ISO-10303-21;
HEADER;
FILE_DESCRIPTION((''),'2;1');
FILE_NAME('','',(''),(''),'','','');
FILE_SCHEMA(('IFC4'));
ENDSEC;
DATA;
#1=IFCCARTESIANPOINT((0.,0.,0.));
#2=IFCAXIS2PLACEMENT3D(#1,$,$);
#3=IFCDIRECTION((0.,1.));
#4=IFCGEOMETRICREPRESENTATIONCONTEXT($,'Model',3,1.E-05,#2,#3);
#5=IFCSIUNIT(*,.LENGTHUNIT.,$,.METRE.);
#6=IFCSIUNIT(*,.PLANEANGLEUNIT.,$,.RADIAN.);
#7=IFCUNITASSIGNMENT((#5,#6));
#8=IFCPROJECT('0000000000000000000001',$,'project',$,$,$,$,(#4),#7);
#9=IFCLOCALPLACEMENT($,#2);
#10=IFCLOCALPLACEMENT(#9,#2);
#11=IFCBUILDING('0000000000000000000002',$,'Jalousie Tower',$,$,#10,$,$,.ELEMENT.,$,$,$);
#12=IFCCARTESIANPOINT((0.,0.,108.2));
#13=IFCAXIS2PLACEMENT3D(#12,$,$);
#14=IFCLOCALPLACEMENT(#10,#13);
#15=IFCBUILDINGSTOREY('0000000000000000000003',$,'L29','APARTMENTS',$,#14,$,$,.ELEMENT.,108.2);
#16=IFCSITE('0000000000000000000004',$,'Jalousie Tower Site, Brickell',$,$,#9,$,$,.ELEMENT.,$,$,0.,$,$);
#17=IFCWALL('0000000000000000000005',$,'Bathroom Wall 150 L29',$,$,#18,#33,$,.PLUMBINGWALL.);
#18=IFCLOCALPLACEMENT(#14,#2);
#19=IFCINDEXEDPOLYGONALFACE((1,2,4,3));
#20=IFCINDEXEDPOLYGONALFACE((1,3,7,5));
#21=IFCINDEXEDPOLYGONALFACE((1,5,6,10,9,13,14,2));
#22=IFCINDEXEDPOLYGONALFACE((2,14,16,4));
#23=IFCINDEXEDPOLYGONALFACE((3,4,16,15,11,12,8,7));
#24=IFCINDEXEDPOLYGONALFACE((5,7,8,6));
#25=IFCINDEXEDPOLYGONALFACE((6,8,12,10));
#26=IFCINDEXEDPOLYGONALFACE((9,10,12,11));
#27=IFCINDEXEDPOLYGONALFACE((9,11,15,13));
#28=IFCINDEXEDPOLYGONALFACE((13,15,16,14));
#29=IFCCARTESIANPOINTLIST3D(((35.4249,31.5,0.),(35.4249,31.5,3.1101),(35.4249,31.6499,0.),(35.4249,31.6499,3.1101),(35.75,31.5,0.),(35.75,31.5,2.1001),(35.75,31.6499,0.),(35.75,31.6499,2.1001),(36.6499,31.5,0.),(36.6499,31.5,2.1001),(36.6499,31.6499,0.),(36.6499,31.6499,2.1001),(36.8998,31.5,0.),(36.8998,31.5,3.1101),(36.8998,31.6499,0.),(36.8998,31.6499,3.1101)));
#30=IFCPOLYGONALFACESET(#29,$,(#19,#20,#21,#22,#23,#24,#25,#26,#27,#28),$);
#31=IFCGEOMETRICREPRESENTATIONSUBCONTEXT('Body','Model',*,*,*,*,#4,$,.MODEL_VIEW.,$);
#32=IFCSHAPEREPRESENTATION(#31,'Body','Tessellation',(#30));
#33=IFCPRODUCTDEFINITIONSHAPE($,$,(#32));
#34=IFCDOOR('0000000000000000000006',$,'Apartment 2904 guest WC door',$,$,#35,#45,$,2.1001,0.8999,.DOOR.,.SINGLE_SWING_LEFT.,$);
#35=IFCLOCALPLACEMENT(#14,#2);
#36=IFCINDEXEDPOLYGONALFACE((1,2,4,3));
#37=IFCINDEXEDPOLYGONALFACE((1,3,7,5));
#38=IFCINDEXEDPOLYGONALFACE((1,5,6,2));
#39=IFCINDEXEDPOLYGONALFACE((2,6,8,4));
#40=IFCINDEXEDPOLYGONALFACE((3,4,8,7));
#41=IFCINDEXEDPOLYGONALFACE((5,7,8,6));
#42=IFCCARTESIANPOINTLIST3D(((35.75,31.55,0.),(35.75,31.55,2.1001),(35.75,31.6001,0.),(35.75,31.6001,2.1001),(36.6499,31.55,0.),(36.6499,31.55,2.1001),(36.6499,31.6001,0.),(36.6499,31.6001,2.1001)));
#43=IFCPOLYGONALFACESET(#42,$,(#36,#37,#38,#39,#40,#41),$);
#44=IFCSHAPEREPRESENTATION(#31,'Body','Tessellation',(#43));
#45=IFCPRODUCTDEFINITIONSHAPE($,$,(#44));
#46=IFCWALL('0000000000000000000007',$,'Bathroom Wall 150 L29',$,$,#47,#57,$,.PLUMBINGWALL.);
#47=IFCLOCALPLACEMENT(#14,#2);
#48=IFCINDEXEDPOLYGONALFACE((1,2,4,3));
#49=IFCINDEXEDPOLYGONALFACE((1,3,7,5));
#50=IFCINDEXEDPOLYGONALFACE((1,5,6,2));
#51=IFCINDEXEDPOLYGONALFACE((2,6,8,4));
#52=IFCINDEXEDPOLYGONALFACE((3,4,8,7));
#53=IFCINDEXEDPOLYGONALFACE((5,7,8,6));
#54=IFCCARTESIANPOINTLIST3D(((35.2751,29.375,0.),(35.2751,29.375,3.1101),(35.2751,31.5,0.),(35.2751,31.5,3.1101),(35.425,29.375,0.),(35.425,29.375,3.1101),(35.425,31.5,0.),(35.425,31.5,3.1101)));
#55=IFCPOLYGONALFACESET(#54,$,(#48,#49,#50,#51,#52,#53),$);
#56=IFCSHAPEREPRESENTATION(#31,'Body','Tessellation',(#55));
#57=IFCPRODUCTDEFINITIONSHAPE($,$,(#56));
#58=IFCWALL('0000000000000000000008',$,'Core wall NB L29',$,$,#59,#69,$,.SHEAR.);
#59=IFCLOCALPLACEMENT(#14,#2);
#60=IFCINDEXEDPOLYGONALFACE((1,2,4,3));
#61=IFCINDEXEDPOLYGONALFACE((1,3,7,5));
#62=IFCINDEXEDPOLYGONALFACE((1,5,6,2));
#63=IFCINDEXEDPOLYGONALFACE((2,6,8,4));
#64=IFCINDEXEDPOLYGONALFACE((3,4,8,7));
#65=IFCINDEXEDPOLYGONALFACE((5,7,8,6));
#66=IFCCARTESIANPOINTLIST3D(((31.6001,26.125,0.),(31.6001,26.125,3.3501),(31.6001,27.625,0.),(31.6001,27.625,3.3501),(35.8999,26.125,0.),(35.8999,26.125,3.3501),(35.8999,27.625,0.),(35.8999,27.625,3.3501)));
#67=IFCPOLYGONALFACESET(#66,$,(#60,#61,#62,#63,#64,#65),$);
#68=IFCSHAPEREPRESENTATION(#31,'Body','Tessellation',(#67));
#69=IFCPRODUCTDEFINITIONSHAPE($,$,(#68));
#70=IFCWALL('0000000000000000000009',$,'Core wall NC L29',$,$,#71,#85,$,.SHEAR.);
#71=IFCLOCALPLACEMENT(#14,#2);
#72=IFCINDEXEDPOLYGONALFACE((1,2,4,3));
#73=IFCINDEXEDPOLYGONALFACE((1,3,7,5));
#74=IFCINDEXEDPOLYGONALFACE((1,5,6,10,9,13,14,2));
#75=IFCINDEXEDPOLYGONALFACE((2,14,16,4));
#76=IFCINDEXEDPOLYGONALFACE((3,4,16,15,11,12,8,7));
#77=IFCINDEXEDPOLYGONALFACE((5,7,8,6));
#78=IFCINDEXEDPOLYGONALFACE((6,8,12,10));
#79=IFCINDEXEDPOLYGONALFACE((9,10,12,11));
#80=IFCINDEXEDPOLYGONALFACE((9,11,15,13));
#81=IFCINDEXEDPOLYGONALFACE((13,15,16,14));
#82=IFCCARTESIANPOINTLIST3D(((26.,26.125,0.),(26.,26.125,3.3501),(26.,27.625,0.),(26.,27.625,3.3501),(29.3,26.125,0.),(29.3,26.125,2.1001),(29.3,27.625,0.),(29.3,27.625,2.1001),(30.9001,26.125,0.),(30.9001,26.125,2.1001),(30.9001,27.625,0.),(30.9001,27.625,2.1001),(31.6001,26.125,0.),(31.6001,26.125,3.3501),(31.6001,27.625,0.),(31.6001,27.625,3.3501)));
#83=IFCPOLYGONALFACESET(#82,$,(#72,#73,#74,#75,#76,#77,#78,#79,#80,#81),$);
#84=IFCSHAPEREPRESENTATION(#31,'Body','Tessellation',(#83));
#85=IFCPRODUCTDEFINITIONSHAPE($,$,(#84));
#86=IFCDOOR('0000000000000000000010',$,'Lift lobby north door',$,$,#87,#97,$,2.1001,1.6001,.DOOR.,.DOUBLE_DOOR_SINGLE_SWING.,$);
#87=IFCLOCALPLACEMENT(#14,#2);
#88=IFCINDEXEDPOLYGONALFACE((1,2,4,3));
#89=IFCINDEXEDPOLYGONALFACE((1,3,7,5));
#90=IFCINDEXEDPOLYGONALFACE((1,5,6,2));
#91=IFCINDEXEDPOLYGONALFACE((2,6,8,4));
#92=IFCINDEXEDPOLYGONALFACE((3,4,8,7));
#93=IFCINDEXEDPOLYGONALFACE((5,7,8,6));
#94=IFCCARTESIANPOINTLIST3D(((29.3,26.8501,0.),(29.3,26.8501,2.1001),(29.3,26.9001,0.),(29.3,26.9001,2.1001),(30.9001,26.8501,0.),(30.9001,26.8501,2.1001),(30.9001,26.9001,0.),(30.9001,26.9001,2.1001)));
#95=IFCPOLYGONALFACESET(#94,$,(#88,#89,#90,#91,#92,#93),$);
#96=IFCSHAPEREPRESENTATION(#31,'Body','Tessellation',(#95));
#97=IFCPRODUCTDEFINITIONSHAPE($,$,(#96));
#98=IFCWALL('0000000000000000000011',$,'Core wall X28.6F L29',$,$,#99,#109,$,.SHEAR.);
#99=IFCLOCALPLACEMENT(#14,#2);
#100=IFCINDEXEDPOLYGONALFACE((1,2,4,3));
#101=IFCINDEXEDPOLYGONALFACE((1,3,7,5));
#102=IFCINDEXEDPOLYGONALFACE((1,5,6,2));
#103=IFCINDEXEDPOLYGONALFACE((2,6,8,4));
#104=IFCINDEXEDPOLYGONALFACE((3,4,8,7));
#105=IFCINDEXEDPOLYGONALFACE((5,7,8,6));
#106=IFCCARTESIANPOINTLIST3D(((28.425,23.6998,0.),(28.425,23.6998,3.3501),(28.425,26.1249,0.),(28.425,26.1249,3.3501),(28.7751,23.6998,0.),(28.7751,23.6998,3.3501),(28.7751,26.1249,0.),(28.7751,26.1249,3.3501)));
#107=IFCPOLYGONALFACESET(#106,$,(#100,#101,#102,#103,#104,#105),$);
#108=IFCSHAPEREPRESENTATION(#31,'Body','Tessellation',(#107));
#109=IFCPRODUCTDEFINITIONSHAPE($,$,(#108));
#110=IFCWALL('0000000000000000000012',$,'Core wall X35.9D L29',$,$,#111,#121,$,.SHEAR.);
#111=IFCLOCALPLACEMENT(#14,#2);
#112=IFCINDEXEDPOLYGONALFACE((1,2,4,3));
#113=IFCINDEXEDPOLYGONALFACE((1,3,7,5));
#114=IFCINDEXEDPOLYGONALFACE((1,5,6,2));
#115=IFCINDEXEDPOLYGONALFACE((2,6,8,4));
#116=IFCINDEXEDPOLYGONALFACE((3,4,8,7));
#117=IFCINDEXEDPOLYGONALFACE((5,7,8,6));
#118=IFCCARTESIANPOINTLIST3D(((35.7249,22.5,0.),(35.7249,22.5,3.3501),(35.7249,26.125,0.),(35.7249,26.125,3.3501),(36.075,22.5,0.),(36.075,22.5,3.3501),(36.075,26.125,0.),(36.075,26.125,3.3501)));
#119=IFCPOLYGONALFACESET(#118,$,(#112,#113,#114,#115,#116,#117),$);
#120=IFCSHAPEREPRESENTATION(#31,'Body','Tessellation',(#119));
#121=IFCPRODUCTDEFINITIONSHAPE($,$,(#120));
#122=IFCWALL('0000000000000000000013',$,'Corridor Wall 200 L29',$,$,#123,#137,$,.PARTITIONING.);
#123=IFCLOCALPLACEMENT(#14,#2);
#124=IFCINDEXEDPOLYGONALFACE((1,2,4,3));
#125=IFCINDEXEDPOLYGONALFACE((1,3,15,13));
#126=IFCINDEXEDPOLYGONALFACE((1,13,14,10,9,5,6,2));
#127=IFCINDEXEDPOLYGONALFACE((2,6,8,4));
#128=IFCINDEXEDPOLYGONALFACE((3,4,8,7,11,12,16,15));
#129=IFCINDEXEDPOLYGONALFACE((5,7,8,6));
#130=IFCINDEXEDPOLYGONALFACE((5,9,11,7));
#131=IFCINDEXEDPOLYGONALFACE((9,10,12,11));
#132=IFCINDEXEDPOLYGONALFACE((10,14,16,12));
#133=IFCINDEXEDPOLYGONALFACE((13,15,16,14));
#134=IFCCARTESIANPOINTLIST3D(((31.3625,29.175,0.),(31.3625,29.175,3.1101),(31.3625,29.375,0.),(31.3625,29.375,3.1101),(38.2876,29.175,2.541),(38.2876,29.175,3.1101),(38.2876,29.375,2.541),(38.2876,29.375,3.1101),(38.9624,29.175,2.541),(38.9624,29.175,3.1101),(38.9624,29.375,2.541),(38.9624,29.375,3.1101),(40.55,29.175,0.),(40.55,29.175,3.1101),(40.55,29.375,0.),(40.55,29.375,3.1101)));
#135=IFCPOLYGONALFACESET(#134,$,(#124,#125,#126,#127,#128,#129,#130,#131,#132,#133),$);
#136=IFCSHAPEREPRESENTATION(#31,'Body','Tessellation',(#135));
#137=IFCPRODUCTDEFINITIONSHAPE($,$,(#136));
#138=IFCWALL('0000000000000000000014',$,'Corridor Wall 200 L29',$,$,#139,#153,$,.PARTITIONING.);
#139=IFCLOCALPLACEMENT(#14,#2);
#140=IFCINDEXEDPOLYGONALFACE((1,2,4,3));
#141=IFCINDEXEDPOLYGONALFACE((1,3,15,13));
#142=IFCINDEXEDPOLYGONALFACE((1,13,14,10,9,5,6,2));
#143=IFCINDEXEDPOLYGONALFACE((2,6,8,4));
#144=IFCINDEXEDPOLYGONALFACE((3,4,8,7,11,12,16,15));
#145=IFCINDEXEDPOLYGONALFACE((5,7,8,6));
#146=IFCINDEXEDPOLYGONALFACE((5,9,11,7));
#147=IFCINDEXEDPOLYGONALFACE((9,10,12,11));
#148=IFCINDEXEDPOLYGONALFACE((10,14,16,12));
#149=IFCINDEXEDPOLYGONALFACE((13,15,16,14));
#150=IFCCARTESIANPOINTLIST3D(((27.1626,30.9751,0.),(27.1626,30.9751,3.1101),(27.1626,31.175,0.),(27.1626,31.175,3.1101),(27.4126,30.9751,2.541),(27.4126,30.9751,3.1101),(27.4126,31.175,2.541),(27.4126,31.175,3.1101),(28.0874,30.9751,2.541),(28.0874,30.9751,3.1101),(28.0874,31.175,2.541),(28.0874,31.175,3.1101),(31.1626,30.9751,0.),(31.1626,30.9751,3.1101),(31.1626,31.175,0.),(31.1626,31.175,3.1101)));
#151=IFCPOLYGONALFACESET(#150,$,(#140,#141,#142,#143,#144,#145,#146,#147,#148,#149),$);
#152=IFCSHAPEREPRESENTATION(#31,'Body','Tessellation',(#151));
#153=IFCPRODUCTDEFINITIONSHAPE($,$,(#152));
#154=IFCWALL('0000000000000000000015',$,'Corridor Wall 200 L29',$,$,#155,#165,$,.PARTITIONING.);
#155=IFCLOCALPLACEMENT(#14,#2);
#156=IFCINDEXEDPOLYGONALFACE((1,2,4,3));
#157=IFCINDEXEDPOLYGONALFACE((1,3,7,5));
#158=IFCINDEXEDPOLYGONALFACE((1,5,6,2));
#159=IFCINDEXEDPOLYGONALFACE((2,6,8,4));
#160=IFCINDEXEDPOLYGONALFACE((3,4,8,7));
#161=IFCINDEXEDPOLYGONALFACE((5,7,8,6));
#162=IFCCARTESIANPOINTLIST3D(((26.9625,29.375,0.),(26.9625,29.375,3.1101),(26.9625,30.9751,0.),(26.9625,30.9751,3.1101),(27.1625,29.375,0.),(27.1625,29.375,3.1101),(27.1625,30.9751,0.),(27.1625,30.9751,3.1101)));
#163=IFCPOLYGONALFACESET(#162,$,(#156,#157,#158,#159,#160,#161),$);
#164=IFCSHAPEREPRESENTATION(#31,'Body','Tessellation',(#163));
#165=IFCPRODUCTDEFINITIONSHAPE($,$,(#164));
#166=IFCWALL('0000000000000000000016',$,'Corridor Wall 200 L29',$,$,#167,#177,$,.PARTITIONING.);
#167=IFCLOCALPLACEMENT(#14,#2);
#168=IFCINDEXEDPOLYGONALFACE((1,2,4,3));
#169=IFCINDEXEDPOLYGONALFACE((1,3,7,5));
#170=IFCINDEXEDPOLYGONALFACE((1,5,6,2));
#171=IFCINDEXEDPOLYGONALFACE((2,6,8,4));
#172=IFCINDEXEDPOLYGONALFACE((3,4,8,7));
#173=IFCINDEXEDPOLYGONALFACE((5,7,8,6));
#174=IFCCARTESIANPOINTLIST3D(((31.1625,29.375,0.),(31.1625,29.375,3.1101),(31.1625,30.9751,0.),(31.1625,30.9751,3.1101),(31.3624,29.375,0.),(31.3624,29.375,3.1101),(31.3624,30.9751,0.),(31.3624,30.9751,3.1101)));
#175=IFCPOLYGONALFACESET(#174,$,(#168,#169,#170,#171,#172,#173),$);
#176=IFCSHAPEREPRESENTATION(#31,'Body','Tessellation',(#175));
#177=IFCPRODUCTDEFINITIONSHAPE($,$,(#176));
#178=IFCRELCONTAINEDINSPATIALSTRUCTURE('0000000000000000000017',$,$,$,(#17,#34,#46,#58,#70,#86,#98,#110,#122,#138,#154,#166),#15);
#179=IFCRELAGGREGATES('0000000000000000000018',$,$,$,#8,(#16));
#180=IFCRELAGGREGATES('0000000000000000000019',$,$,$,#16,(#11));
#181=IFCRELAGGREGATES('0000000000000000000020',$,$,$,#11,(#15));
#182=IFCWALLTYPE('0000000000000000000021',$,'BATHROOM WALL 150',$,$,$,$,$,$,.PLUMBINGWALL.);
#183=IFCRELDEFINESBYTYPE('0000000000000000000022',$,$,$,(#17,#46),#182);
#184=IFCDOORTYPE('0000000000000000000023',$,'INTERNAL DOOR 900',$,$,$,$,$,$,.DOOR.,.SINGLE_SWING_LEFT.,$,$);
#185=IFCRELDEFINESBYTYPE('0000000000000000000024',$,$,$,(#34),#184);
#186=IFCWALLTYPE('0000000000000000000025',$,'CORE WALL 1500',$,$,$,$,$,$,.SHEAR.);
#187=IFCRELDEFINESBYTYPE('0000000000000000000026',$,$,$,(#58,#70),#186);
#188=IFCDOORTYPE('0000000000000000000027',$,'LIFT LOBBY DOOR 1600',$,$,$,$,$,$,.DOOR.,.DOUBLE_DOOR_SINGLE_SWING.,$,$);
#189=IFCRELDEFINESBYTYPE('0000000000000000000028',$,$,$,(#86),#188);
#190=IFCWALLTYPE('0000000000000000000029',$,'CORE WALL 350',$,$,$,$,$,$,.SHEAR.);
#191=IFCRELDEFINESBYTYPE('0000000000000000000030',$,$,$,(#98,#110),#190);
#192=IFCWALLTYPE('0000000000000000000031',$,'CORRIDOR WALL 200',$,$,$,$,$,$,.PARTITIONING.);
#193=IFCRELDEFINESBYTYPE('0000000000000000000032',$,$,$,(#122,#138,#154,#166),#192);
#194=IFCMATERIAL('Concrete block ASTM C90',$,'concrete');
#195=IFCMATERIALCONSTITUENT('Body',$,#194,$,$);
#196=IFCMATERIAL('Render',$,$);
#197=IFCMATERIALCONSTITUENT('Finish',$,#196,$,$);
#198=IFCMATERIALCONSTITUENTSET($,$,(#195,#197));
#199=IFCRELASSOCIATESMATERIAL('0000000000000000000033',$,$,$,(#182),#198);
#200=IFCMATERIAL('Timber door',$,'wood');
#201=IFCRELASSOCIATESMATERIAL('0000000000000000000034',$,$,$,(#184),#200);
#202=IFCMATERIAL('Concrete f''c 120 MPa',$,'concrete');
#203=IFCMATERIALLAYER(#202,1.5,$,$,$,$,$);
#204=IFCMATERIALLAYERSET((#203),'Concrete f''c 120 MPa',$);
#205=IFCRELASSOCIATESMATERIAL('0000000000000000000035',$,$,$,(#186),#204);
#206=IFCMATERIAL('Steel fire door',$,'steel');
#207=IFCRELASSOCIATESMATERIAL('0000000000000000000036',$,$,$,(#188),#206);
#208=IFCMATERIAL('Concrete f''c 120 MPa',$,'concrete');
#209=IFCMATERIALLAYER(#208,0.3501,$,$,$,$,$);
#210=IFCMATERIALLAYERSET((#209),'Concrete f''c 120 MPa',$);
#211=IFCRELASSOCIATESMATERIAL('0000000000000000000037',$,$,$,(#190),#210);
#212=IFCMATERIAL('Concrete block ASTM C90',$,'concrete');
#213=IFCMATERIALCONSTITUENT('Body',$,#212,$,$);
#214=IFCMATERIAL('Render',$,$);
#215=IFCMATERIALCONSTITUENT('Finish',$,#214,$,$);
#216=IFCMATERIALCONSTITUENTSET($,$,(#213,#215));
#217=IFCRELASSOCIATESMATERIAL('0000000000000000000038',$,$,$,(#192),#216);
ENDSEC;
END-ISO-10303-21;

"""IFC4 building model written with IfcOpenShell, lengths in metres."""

from ifc_helpers import new_model, si_unit, direction, frame, frame_2d, origin, place, context, subcontext, project, spatial, polyline, rectangle, outline, extrude, material, layer, layer_set, constituent, constituent_set, type_object, element, fill, save


model = new_model("IFC4")

# Units and contexts
model_context = context("Model", 3, precision=1e-05, world=origin(), true_north=direction((0.0, 1.0)))
body_context = subcontext(model_context, "Body", "Model", "MODEL_VIEW")
ifc_project = project(units=[si_unit("LENGTHUNIT", "METRE"), si_unit("PLANEANGLEUNIT", "RADIAN")], contexts=[model_context])

# Site, building, storey
site_placement = place(None, origin())
site = spatial("IfcSite", under=ifc_project, at=site_placement, Name="Jalousie Tower Site, Brickell", CompositionType="ELEMENT", RefElevation=0.0)
building_placement = place(site_placement, origin())
building = spatial("IfcBuilding", under=site, at=building_placement, Name="Jalousie Tower", CompositionType="ELEMENT")
storey_placement = place(building_placement, frame((0.0, 0.0, 108.2)))
storey = spatial("IfcBuildingStorey", under=building, at=storey_placement, Name="L29", Description="APARTMENTS", CompositionType="ELEMENT", Elevation=108.2)

# Wall, opening, door
ifc_material_1 = material(Name="Concrete block ASTM C90", Category="concrete")
ifc_constituent_1 = constituent(ifc_material_1, Name="Body")
ifc_material_2 = material(Name="Render")
ifc_constituent_2 = constituent(ifc_material_2, Name="Finish")
ifc_constituent_set_1 = constituent_set(constituents=[ifc_constituent_1, ifc_constituent_2])
wall_type_1 = type_object("IfcWallType", Name="BATHROOM WALL 150", PredefinedType="PLUMBINGWALL", material=ifc_constituent_set_1)
wall_1_placement = place(storey_placement, frame((35.425, 31.575, 0.0), z_axis=(0.0, 0.0, 1.0), x_axis=(1.0, 0.0, 0.0)))
wall_1 = element("IfcWall", 1, at=wall_1_placement, inside=storey, type_object=wall_type_1, Name="Bathroom Wall 150 L29", PredefinedType="PLUMBINGWALL", context=body_context, shape_type="SweptSolid", body=[
    extrude(rectangle(XDim=1.4749, YDim=0.1499, at=frame_2d((0.7373, 0.0))), origin(), (0.0, 0.0, 1.0), 3.1101),
])
opening_1_placement = place(wall_1_placement, frame((0.325, 0.0, 0.0)))
opening_1 = element("IfcOpeningElement", 2, at=opening_1_placement, cuts=wall_1, PredefinedType="OPENING", context=body_context, shape_type="SweptSolid", body=[
    extrude(rectangle(XDim=0.8999, YDim=2.1001, at=frame_2d((0.45, 1.05))), frame((0.0, 0.085, 0.0), z_axis=(0.0, -1.0, 0.0), x_axis=(1.0, 0.0, 0.0)), (0.0, 0.0, 1.0), 0.1699),
])
ifc_material_3 = material(Name="Timber door", Category="wood")
door_type_1 = type_object("IfcDoorType", Name="INTERNAL DOOR 900", OperationType="SINGLE_SWING_LEFT", PredefinedType="DOOR", material=ifc_material_3)
door_1_placement = place(opening_1_placement, frame((0.8999, 0.0, 0.0), z_axis=(0.0, 0.0, 1.0), x_axis=(-1.0, 0.0, 0.0)))
door_1 = element("IfcDoor", 3, at=door_1_placement, inside=storey, type_object=door_type_1, Name="Apartment 2904 guest WC door", OperationType="SINGLE_SWING_LEFT", OverallHeight=2.1001, OverallWidth=0.8999, PredefinedType="DOOR", context=body_context, shape_type="SweptSolid", body=[
    extrude(rectangle(XDim=0.8999, YDim=2.1001, at=frame_2d((0.45, 1.05))), frame((0.0, 0.0249, 0.0), z_axis=(0.0, -1.0, 0.0), x_axis=(1.0, 0.0, 0.0)), (0.0, 0.0, 1.0), 0.05),
])
fill(opening_1, door_1)

# Walls
wall_2_placement = place(storey_placement, frame((35.3501, 31.5, 0.0), z_axis=(0.0, 0.0, 1.0), x_axis=(0.0, -1.0, 0.0)))
element("IfcWall", 4, at=wall_2_placement, inside=storey, type_object=wall_type_1, Name="Bathroom Wall 150 L29", PredefinedType="PLUMBINGWALL", context=body_context, shape_type="SweptSolid", body=[
    extrude(rectangle(XDim=2.125, YDim=0.1499, at=frame_2d((1.0625, 0.0))), origin(), (0.0, 0.0, 1.0), 3.1101),
])
ifc_material_4 = material(Name="Concrete f'c 120 MPa", Category="concrete")
ifc_layer_1 = layer(ifc_material_4, 1.5)
ifc_layer_set_1 = layer_set([ifc_layer_1], Name="Concrete f'c 120 MPa")
wall_type_2 = type_object("IfcWallType", Name="CORE WALL 1500", PredefinedType="SHEAR", material=ifc_layer_set_1)
wall_3_placement = place(storey_placement, frame((35.8999, 26.875, 0.0), z_axis=(0.0, 0.0, 1.0), x_axis=(-1.0, 0.0, 0.0)))
element("IfcWall", 5, at=wall_3_placement, inside=storey, type_object=wall_type_2, Name="Core wall NB L29", PredefinedType="SHEAR", context=body_context, shape_type="SweptSolid", body=[
    extrude(rectangle(XDim=4.2998, YDim=1.5, at=frame_2d((2.1499, 0.0))), origin(), (0.0, 0.0, 1.0), 3.3501),
])

# Wall, opening, door
wall_4_placement = place(storey_placement, frame((31.6001, 26.875, 0.0), z_axis=(0.0, 0.0, 1.0), x_axis=(-1.0, 0.0, 0.0)))
wall_4 = element("IfcWall", 6, at=wall_4_placement, inside=storey, type_object=wall_type_2, Name="Core wall NC L29", PredefinedType="SHEAR", context=body_context, shape_type="SweptSolid", body=[
    extrude(rectangle(XDim=5.6001, YDim=1.5, at=frame_2d((2.8, 0.0))), origin(), (0.0, 0.0, 1.0), 3.3501),
])
opening_2_placement = place(wall_4_placement, frame((0.7, 0.0, 0.0)))
opening_2 = element("IfcOpeningElement", 7, at=opening_2_placement, cuts=wall_4, PredefinedType="OPENING", context=body_context, shape_type="SweptSolid", body=[
    extrude(rectangle(XDim=1.6001, YDim=2.1001, at=frame_2d((0.8, 1.05))), frame((0.0, 0.76, 0.0), z_axis=(0.0, -1.0, 0.0), x_axis=(1.0, 0.0, 0.0)), (0.0, 0.0, 1.0), 1.52),
])
ifc_material_5 = material(Name="Steel fire door", Category="steel")
door_type_2 = type_object("IfcDoorType", Name="LIFT LOBBY DOOR 1600", OperationType="DOUBLE_DOOR_SINGLE_SWING", PredefinedType="DOOR", material=ifc_material_5)
door_2_placement = place(opening_2_placement, origin())
door_2 = element("IfcDoor", 8, at=door_2_placement, inside=storey, type_object=door_type_2, Name="Lift lobby north door", OperationType="DOUBLE_DOOR_SINGLE_SWING", OverallHeight=2.1001, OverallWidth=1.6001, PredefinedType="DOOR", context=body_context, shape_type="SweptSolid", body=[
    extrude(rectangle(XDim=1.6001, YDim=2.1001, at=frame_2d((0.8, 1.05))), frame((0.0, 0.0249, 0.0), z_axis=(0.0, -1.0, 0.0), x_axis=(1.0, 0.0, 0.0)), (0.0, 0.0, 1.0), 0.05),
])
fill(opening_2, door_2)

# Walls
ifc_material_6 = material(Name="Concrete f'c 120 MPa", Category="concrete")
ifc_layer_2 = layer(ifc_material_6, 0.3501)
ifc_layer_set_2 = layer_set([ifc_layer_2], Name="Concrete f'c 120 MPa")
wall_type_3 = type_object("IfcWallType", Name="CORE WALL 350", PredefinedType="SHEAR", material=ifc_layer_set_2)
wall_5_placement = place(storey_placement, frame((28.6001, 23.7, 0.0), z_axis=(0.0, 0.0, 1.0), x_axis=(0.0, 1.0, 0.0)))
element("IfcWall", 9, at=wall_5_placement, inside=storey, type_object=wall_type_3, Name="Core wall X28.6F L29", PredefinedType="SHEAR", context=body_context, shape_type="SweptSolid", body=[
    extrude(rectangle(XDim=2.425, YDim=0.3501, at=frame_2d((1.2124, 0.0))), origin(), (0.0, 0.0, 1.0), 3.3501),
])
wall_6_placement = place(storey_placement, frame((35.8999, 22.5, 0.0), z_axis=(0.0, 0.0, 1.0), x_axis=(0.0, 1.0, 0.0)))
element("IfcWall", 10, at=wall_6_placement, inside=storey, type_object=wall_type_3, Name="Core wall X35.9D L29", PredefinedType="SHEAR", context=body_context, shape_type="SweptSolid", body=[
    extrude(rectangle(XDim=3.625, YDim=0.3501, at=frame_2d((1.8125, 0.0))), origin(), (0.0, 0.0, 1.0), 3.3501),
])
ifc_material_7 = material(Name="Concrete block ASTM C90", Category="concrete")
ifc_constituent_3 = constituent(ifc_material_7, Name="Body")
ifc_material_8 = material(Name="Render")
ifc_constituent_4 = constituent(ifc_material_8, Name="Finish")
ifc_constituent_set_2 = constituent_set(constituents=[ifc_constituent_3, ifc_constituent_4])
wall_type_4 = type_object("IfcWallType", Name="CORRIDOR WALL 200", PredefinedType="PARTITIONING", material=ifc_constituent_set_2)
wall_7_placement = place(storey_placement, frame((31.3625, 29.2749, 0.0), z_axis=(0.0, 0.0, 1.0), x_axis=(1.0, 0.0, 0.0)))
element("IfcWall", 11, at=wall_7_placement, inside=storey, type_object=wall_type_4, Name="Corridor Wall 200 L29", PredefinedType="PARTITIONING", context=body_context, shape_type="SweptSolid", body=[
    extrude(outline(polyline([(0.0, 0.0), (9.1875, 0.0), (9.1875, 3.1101), (7.5999, 3.1101), (7.5999, 2.541), (6.925, 2.541), (6.925, 3.1101), (0.0, 3.1101), (0.0, 0.0)])), frame((0.0, 0.1001, 0.0), z_axis=(0.0, -1.0, 0.0), x_axis=(1.0, 0.0, 0.0)), (0.0, 0.0, 1.0), 0.2),
])
wall_8_placement = place(storey_placement, frame((27.1626, 31.075, 0.0), z_axis=(0.0, 0.0, 1.0), x_axis=(1.0, 0.0, 0.0)))
element("IfcWall", 12, at=wall_8_placement, inside=storey, type_object=wall_type_4, Name="Corridor Wall 200 L29", PredefinedType="PARTITIONING", context=body_context, shape_type="SweptSolid", body=[
    extrude(outline(polyline([(0.0, 0.0), (4.0, 0.0), (4.0, 3.1101), (0.9248, 3.1101), (0.9248, 2.541), (0.25, 2.541), (0.25, 3.1101), (0.0, 3.1101), (0.0, 0.0)])), frame((0.0, 0.1001, 0.0), z_axis=(0.0, -1.0, 0.0), x_axis=(1.0, 0.0, 0.0)), (0.0, 0.0, 1.0), 0.2),
])
for number, where, z_axis, x_axis, name in (
    (13, (27.0625, 29.375, 0.0), (0.0, 0.0, 1.0), (0.0, 1.0, 0.0), "Corridor Wall 200 L29"),
    (14, (31.2625, 29.375, 0.0), (0.0, 0.0, 1.0), (0.0, 1.0, 0.0), "Corridor Wall 200 L29"),
):
    element("IfcWall", number, at=place(storey_placement, frame(where, z_axis=z_axis, x_axis=x_axis)), inside=storey, type_object=wall_type_4, Name=name, PredefinedType="PARTITIONING", context=body_context, shape_type="SweptSolid", body=[
        extrude(rectangle(XDim=1.6001, YDim=0.2, at=frame_2d((0.8, 0.0))), origin(), (0.0, 0.0, 1.0), 3.1101),
    ])

save(model, "model.ifc")
